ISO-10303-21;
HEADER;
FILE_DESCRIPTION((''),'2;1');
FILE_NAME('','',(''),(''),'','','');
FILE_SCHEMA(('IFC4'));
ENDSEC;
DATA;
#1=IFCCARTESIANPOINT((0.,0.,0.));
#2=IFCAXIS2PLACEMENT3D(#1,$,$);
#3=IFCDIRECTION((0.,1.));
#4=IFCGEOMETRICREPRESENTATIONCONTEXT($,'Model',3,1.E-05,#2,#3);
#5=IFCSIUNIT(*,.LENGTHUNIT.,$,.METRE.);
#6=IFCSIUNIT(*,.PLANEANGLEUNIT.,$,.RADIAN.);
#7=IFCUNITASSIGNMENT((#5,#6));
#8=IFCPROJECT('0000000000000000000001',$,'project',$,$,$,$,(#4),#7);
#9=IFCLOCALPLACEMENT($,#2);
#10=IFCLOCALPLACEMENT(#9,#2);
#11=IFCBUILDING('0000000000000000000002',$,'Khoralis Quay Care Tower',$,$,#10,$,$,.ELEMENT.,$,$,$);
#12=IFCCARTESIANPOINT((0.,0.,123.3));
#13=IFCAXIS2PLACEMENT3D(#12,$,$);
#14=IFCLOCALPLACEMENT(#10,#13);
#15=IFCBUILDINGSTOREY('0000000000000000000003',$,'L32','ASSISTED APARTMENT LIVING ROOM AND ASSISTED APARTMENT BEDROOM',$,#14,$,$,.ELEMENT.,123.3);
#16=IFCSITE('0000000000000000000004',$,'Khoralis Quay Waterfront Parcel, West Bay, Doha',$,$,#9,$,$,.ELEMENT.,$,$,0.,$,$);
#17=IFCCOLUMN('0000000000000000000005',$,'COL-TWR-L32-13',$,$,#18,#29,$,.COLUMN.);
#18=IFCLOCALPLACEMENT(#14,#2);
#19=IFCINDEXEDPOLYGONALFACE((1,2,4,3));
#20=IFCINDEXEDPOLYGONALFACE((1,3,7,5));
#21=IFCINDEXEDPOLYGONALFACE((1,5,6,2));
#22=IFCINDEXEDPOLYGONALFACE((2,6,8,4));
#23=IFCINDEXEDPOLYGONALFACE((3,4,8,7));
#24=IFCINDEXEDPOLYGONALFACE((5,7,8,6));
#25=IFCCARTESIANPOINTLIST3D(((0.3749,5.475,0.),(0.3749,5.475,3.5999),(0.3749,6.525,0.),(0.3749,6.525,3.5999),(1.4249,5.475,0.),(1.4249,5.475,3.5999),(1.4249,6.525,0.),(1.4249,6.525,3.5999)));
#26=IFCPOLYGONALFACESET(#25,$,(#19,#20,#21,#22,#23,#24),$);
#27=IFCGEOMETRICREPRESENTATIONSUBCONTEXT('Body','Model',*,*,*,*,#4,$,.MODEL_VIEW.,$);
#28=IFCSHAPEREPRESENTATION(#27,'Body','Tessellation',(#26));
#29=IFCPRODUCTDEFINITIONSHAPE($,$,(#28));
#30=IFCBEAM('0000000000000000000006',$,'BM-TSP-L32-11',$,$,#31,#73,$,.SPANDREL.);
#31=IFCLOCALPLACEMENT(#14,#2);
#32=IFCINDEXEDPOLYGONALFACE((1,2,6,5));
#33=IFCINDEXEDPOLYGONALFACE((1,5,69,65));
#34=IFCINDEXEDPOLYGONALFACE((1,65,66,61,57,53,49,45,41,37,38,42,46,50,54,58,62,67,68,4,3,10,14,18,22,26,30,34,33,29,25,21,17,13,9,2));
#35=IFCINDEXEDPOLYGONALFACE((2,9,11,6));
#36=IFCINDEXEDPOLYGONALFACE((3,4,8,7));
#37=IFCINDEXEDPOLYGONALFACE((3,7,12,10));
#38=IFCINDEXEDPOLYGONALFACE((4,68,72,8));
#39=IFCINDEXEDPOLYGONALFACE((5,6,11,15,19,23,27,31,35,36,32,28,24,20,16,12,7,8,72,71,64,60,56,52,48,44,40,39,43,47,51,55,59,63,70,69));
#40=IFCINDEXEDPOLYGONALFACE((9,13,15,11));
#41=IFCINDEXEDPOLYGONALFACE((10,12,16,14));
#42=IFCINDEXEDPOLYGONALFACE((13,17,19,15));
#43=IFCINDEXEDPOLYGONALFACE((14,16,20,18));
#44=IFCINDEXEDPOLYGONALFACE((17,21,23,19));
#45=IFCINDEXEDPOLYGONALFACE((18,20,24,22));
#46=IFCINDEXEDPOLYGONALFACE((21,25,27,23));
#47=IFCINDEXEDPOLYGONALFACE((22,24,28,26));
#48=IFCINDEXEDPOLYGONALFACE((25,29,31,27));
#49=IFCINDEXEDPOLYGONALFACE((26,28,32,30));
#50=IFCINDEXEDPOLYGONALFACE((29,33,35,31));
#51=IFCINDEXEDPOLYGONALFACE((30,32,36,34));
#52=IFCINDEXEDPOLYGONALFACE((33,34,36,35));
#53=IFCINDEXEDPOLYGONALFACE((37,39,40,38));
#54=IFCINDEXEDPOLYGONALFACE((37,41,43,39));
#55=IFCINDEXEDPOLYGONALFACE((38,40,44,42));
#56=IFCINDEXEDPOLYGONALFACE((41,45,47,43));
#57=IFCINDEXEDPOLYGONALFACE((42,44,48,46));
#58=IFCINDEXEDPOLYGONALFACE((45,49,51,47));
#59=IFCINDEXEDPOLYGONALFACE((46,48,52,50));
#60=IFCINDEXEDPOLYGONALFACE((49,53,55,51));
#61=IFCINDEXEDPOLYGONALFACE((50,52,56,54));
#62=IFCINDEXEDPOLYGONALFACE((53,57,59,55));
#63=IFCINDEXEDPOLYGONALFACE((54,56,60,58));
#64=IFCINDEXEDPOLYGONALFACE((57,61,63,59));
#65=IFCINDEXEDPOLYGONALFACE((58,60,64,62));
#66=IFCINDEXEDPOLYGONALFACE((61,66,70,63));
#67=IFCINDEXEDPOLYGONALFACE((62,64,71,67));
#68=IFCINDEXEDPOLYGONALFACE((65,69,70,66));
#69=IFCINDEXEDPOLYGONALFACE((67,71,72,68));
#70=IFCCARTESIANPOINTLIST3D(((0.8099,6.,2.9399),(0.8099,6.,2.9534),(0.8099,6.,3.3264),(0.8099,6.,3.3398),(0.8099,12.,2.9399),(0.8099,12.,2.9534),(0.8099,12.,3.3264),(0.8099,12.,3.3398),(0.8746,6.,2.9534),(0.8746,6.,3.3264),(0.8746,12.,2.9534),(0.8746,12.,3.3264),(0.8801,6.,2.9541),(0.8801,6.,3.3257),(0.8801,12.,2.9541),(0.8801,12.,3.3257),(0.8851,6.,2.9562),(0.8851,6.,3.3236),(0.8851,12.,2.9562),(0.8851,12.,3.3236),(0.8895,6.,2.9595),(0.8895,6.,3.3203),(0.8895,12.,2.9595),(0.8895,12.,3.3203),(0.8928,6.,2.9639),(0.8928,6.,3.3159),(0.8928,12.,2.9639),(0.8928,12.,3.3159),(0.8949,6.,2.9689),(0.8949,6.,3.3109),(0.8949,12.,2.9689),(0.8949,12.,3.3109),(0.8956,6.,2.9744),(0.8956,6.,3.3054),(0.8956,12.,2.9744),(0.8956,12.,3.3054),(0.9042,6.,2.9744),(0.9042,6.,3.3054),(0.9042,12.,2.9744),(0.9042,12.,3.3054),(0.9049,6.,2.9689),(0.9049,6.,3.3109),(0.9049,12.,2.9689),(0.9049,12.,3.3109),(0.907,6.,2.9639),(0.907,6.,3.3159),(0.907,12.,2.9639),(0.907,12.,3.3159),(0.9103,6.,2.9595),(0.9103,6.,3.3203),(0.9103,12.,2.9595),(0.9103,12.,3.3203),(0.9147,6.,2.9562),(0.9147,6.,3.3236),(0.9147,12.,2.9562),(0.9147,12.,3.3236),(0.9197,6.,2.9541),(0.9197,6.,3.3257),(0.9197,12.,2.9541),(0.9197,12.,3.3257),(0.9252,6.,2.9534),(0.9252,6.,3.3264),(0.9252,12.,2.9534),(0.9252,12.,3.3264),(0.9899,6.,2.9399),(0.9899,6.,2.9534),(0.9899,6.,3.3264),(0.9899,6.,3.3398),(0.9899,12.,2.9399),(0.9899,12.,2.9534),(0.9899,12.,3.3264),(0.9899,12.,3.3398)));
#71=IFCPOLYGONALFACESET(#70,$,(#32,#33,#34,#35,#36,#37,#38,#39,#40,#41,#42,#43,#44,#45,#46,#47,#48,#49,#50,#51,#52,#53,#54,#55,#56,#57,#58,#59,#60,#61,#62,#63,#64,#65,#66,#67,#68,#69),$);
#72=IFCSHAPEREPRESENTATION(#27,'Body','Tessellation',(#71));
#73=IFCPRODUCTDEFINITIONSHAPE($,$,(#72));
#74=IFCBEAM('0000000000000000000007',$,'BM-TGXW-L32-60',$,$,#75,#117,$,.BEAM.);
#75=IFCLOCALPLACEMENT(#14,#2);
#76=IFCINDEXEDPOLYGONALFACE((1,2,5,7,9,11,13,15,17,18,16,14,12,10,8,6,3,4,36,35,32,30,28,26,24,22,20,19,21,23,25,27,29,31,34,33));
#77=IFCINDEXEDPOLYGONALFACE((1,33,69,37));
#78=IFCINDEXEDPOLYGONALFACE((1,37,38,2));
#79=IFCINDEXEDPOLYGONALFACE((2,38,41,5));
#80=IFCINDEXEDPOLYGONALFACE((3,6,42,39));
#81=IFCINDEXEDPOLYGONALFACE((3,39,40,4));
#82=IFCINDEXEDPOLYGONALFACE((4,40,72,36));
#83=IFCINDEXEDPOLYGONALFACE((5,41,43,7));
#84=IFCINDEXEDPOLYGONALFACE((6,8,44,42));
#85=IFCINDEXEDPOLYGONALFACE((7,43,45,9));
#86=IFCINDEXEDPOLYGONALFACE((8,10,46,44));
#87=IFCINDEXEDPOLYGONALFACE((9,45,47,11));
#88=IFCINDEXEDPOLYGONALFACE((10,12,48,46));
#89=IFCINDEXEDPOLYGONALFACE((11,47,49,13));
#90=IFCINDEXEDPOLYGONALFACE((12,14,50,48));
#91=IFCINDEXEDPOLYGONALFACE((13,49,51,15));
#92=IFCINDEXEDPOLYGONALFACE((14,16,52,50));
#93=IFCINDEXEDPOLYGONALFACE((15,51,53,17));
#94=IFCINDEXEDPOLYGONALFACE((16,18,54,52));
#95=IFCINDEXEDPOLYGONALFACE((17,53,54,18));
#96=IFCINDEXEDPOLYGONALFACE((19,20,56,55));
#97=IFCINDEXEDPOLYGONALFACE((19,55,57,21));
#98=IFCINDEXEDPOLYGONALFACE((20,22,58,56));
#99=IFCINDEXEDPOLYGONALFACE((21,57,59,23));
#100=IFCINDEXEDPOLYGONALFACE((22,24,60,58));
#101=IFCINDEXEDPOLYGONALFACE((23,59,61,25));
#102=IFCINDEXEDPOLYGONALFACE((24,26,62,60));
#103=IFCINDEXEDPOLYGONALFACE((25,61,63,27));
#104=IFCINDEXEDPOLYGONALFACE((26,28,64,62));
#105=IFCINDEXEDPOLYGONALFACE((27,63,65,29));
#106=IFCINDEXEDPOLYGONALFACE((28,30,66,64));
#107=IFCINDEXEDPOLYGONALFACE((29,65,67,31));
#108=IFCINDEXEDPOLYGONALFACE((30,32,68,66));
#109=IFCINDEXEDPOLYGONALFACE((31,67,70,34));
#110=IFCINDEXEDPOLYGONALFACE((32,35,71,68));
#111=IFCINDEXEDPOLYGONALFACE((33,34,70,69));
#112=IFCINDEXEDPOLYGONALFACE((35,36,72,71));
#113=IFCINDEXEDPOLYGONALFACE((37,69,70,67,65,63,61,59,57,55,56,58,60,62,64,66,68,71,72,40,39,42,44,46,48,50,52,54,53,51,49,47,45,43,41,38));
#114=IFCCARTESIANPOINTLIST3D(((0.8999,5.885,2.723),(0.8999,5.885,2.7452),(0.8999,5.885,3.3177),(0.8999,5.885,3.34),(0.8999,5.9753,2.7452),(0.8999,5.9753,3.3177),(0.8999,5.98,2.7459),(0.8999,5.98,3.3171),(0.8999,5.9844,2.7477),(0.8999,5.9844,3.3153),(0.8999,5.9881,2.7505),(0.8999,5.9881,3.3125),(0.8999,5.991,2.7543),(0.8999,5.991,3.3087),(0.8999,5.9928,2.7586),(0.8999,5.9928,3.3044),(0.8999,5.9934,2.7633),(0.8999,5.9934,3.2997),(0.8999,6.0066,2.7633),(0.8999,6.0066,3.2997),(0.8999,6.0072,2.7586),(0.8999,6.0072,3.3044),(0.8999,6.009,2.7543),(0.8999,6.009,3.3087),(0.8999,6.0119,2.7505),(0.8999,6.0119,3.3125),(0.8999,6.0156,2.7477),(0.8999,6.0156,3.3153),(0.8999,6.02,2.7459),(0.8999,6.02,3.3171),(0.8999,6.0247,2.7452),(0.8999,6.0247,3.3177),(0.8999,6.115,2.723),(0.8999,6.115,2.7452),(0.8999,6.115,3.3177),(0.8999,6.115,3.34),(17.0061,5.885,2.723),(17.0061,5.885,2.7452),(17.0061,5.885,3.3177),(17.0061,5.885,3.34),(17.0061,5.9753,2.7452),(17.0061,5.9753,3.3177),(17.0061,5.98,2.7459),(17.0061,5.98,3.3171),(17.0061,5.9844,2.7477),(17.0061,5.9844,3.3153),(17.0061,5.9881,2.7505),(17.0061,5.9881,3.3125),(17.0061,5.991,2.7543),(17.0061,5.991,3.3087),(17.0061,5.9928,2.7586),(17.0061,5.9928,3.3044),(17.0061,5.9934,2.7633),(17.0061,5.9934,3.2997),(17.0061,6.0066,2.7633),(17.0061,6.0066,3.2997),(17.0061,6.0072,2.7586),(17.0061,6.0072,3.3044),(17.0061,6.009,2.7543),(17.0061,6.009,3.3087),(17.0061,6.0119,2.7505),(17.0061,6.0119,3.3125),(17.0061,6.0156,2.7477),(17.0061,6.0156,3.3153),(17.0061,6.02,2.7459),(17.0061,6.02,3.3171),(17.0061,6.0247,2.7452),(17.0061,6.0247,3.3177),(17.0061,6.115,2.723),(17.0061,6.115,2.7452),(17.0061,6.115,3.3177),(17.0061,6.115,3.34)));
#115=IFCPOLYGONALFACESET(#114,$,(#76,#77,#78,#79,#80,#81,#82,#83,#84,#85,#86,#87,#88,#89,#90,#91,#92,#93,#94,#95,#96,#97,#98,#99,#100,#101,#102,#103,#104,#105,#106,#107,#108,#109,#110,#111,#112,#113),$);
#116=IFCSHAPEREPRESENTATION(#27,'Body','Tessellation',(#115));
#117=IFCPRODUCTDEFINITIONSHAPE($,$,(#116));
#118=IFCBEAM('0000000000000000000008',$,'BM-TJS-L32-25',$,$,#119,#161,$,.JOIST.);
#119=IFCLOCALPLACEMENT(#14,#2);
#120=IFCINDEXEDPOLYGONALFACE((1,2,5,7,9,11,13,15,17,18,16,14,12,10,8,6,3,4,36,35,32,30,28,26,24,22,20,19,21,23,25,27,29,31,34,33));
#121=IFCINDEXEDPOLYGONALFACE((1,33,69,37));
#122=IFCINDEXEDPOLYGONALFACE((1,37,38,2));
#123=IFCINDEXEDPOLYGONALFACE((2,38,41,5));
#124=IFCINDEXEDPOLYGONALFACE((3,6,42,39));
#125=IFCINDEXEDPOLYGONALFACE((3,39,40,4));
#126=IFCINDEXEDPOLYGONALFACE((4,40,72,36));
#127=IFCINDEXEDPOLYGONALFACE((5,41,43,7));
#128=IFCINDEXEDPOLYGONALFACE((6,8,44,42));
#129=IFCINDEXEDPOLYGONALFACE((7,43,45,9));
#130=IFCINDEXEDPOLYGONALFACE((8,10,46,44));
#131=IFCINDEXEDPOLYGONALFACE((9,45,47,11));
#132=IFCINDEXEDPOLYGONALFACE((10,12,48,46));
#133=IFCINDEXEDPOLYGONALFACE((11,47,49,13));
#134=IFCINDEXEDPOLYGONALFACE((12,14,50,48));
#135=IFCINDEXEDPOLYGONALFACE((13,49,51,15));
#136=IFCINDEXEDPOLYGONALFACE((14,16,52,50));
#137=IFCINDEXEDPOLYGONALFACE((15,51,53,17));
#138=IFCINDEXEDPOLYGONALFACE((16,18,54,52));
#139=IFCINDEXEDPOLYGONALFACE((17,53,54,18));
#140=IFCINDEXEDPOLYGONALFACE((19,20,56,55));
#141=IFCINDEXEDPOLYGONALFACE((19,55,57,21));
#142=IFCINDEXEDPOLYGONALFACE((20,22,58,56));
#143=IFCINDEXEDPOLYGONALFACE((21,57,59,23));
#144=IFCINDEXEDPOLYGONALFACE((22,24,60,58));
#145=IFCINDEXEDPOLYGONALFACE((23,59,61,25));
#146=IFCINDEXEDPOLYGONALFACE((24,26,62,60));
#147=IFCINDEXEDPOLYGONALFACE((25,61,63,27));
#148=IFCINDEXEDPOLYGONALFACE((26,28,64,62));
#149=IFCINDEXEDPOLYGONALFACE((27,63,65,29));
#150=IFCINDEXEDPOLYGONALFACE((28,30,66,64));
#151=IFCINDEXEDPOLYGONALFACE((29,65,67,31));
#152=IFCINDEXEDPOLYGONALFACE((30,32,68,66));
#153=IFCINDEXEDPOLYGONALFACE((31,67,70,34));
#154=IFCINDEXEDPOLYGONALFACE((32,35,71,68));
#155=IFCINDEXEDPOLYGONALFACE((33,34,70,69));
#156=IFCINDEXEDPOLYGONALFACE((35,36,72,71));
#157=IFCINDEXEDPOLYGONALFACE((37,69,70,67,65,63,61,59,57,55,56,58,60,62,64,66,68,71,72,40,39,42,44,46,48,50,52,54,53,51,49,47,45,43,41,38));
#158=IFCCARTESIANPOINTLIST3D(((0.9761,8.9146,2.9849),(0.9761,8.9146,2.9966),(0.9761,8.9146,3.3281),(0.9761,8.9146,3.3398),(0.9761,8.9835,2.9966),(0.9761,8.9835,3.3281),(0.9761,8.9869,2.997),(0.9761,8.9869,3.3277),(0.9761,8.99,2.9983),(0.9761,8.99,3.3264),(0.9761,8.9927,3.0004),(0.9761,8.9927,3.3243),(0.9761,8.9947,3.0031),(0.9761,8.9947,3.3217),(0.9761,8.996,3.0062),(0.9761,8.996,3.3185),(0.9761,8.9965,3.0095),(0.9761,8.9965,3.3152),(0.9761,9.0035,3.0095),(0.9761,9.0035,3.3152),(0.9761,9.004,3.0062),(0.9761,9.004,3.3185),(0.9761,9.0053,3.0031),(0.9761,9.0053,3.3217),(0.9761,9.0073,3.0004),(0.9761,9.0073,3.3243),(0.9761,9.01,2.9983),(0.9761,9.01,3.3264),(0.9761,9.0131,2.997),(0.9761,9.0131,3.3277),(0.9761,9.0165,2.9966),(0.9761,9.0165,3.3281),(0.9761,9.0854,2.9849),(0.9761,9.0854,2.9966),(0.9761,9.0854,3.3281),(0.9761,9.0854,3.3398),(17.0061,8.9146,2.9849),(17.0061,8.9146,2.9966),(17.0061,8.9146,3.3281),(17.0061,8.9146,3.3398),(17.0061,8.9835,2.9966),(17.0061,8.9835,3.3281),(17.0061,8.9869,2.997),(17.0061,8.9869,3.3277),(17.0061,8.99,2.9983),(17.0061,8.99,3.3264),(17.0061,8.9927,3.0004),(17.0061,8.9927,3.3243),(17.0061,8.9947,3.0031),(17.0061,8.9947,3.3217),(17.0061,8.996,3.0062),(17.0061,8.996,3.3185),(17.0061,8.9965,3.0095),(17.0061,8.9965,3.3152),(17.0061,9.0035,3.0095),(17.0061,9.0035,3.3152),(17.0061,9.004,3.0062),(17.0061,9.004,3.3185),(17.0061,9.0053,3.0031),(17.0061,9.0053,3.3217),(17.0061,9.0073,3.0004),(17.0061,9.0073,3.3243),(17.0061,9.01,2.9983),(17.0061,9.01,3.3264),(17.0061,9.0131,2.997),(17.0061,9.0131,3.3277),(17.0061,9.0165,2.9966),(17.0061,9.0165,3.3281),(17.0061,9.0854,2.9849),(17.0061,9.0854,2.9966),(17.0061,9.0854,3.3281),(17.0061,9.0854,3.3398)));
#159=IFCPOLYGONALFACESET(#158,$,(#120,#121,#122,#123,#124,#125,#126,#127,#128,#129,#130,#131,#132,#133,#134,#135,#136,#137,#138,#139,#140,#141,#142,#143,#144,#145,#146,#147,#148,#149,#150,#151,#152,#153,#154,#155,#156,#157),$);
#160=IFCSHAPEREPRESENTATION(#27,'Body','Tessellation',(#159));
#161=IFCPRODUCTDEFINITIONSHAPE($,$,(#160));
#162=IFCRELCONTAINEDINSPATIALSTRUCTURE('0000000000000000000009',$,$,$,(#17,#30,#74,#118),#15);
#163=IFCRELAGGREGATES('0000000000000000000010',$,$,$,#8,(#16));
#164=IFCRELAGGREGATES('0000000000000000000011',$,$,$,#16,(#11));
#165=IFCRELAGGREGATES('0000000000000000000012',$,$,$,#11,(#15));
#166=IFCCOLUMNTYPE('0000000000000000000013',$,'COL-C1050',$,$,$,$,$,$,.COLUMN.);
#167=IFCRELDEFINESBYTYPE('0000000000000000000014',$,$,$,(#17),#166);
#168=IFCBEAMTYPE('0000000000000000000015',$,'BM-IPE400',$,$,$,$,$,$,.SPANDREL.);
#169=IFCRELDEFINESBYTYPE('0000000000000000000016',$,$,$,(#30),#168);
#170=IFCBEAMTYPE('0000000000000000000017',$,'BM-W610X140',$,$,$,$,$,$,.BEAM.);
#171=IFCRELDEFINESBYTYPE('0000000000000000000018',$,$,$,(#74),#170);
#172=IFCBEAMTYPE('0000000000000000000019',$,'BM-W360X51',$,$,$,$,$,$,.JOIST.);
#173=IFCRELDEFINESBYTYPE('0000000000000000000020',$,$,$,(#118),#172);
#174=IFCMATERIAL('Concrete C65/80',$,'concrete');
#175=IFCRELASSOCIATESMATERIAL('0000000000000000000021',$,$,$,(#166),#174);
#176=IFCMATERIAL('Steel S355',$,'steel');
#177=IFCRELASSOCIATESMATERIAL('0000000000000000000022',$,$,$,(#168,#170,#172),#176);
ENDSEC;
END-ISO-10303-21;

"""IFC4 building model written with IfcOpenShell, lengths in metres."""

from ifc_helpers import new_model, si_unit, direction, frame, origin, origin_2d, place, context, subcontext, project, spatial, rectangle, i_section, extrude, source, transform, mapped, material, material_profile, profile_set, type_object, element, save


model = new_model("IFC4")

# Units and contexts
model_context = context("Model", 3, precision=1e-05, world=origin(), true_north=direction((0.0, 1.0)))
body_context = subcontext(model_context, "Body", "Model", "MODEL_VIEW")
ifc_project = project(units=[si_unit("LENGTHUNIT", "METRE"), si_unit("PLANEANGLEUNIT", "RADIAN")], contexts=[model_context])

# Site, building, storey
site_placement = place(None, origin())
site = spatial("IfcSite", under=ifc_project, at=site_placement, Name="Khoralis Quay Waterfront Parcel, West Bay, Doha", CompositionType="ELEMENT", RefElevation=0.0)
building_placement = place(site_placement, origin())
building = spatial("IfcBuilding", under=site, at=building_placement, Name="Khoralis Quay Care Tower", CompositionType="ELEMENT")
storey_placement = place(building_placement, frame((0.0, 0.0, 123.3)))
storey = spatial("IfcBuildingStorey", under=building, at=storey_placement, Name="L32", Description="ASSISTED APARTMENT LIVING ROOM AND ASSISTED APARTMENT BEDROOM", CompositionType="ELEMENT", Elevation=123.3)

# Column
ifc_material_1 = material(Name="Concrete C65/80", Category="concrete")
ifc_material_profile_1 = material_profile(ifc_material_1, rectangle(XDim=1.05, YDim=1.05, at=origin_2d()), Name="Concrete C65/80")
ifc_profile_set_1 = profile_set([ifc_material_profile_1], Name="Concrete C65/80")
column_type = type_object("IfcColumnType", Name="COL-C1050", PredefinedType="COLUMN", material=ifc_profile_set_1)
shared_shape_1 = source(origin(), body_context, "Body", "SweptSolid", [
    extrude(rectangle(XDim=1.05, YDim=1.05, at=origin_2d()), origin(), (0.0, 0.0, 1.0), 3.5999),
])
column_placement = place(storey_placement, frame((0.8999, 6.0, 0.0), z_axis=(0.0, 0.0, 1.0), x_axis=(1.0, 0.0, 0.0)))
element("IfcColumn", 1, at=column_placement, inside=storey, type_object=column_type, Name="COL-TWR-L32-13", PredefinedType="COLUMN", context=body_context, shape_type="MappedRepresentation", body=[
    mapped(shared_shape_1, transform((0.0, 0.0, 0.0), scale=1.0)),
])

# Beams
ifc_material_2 = material(Name="Steel S355", Category="steel")
ifc_material_profile_2 = material_profile(ifc_material_2, i_section(OverallWidth=0.1799, OverallDepth=0.3999, WebThickness=0.0085, FlangeThickness=0.0134, FilletRadius=0.021, at=origin_2d()), Name="Steel S355")
ifc_profile_set_2 = profile_set([ifc_material_profile_2], Name="Steel S355")
beam_type_1 = type_object("IfcBeamType", Name="BM-IPE400", PredefinedType="SPANDREL", material=ifc_profile_set_2)
shared_shape_2 = source(origin(), body_context, "Body", "SweptSolid", [
    extrude(i_section(OverallWidth=0.1799, OverallDepth=0.3999, WebThickness=0.0085, FlangeThickness=0.0134, FilletRadius=0.021, at=origin_2d()), origin(), (0.0, 0.0, 1.0), 6.0),
])
beam_1_placement = place(storey_placement, frame((0.8999, 6.0, 3.1399), z_axis=(0.0, 1.0, 0.0), x_axis=(-1.0, 0.0, 0.0)))
element("IfcBeam", 2, at=beam_1_placement, inside=storey, type_object=beam_type_1, Name="BM-TSP-L32-11", PredefinedType="SPANDREL", context=body_context, shape_type="MappedRepresentation", body=[
    mapped(shared_shape_2, transform((0.0, 0.0, 0.0), scale=1.0)),
])
ifc_material_profile_3 = material_profile(ifc_material_2, i_section(OverallWidth=0.23, OverallDepth=0.6169, WebThickness=0.0132, FlangeThickness=0.0222, FilletRadius=0.0181, at=origin_2d()), Name="Steel S355")
ifc_profile_set_3 = profile_set([ifc_material_profile_3], Name="Steel S355")
beam_type_2 = type_object("IfcBeamType", Name="BM-W610X140", PredefinedType="BEAM", material=ifc_profile_set_3)
shared_shape_3 = source(origin(), body_context, "Body", "SweptSolid", [
    extrude(i_section(OverallWidth=0.23, OverallDepth=0.6169, WebThickness=0.0132, FlangeThickness=0.0222, FilletRadius=0.0181, at=origin_2d()), origin(), (0.0, 0.0, 1.0), 16.1062),
])
beam_2_placement = place(storey_placement, frame((0.8999, 6.0, 3.0315), z_axis=(1.0, 0.0, 0.0), x_axis=(0.0, 1.0, 0.0)))
element("IfcBeam", 3, at=beam_2_placement, inside=storey, type_object=beam_type_2, Name="BM-TGXW-L32-60", PredefinedType="BEAM", context=body_context, shape_type="MappedRepresentation", body=[
    mapped(shared_shape_3, transform((0.0, 0.0, 0.0), scale=1.0)),
])
ifc_material_profile_4 = material_profile(ifc_material_2, i_section(OverallWidth=0.1709, OverallDepth=0.355, WebThickness=0.0071, FlangeThickness=0.0117, FilletRadius=0.0129, at=origin_2d()), Name="Steel S355")
ifc_profile_set_4 = profile_set([ifc_material_profile_4], Name="Steel S355")
beam_type_3 = type_object("IfcBeamType", Name="BM-W360X51", PredefinedType="JOIST", material=ifc_profile_set_4)
shared_shape_4 = source(origin(), body_context, "Body", "SweptSolid", [
    extrude(i_section(OverallWidth=0.1709, OverallDepth=0.355, WebThickness=0.0071, FlangeThickness=0.0117, FilletRadius=0.0129, at=origin_2d()), origin(), (0.0, 0.0, 1.0), 16.03),
])
beam_3_placement = place(storey_placement, frame((0.9761, 9.0, 3.1624), z_axis=(1.0, 0.0, 0.0), x_axis=(0.0, 1.0, 0.0)))
element("IfcBeam", 4, at=beam_3_placement, inside=storey, type_object=beam_type_3, Name="BM-TJS-L32-25", PredefinedType="JOIST", context=body_context, shape_type="MappedRepresentation", body=[
    mapped(shared_shape_4, transform((0.0, 0.0, 0.0), scale=1.0)),
])

save(model, "model.ifc")
